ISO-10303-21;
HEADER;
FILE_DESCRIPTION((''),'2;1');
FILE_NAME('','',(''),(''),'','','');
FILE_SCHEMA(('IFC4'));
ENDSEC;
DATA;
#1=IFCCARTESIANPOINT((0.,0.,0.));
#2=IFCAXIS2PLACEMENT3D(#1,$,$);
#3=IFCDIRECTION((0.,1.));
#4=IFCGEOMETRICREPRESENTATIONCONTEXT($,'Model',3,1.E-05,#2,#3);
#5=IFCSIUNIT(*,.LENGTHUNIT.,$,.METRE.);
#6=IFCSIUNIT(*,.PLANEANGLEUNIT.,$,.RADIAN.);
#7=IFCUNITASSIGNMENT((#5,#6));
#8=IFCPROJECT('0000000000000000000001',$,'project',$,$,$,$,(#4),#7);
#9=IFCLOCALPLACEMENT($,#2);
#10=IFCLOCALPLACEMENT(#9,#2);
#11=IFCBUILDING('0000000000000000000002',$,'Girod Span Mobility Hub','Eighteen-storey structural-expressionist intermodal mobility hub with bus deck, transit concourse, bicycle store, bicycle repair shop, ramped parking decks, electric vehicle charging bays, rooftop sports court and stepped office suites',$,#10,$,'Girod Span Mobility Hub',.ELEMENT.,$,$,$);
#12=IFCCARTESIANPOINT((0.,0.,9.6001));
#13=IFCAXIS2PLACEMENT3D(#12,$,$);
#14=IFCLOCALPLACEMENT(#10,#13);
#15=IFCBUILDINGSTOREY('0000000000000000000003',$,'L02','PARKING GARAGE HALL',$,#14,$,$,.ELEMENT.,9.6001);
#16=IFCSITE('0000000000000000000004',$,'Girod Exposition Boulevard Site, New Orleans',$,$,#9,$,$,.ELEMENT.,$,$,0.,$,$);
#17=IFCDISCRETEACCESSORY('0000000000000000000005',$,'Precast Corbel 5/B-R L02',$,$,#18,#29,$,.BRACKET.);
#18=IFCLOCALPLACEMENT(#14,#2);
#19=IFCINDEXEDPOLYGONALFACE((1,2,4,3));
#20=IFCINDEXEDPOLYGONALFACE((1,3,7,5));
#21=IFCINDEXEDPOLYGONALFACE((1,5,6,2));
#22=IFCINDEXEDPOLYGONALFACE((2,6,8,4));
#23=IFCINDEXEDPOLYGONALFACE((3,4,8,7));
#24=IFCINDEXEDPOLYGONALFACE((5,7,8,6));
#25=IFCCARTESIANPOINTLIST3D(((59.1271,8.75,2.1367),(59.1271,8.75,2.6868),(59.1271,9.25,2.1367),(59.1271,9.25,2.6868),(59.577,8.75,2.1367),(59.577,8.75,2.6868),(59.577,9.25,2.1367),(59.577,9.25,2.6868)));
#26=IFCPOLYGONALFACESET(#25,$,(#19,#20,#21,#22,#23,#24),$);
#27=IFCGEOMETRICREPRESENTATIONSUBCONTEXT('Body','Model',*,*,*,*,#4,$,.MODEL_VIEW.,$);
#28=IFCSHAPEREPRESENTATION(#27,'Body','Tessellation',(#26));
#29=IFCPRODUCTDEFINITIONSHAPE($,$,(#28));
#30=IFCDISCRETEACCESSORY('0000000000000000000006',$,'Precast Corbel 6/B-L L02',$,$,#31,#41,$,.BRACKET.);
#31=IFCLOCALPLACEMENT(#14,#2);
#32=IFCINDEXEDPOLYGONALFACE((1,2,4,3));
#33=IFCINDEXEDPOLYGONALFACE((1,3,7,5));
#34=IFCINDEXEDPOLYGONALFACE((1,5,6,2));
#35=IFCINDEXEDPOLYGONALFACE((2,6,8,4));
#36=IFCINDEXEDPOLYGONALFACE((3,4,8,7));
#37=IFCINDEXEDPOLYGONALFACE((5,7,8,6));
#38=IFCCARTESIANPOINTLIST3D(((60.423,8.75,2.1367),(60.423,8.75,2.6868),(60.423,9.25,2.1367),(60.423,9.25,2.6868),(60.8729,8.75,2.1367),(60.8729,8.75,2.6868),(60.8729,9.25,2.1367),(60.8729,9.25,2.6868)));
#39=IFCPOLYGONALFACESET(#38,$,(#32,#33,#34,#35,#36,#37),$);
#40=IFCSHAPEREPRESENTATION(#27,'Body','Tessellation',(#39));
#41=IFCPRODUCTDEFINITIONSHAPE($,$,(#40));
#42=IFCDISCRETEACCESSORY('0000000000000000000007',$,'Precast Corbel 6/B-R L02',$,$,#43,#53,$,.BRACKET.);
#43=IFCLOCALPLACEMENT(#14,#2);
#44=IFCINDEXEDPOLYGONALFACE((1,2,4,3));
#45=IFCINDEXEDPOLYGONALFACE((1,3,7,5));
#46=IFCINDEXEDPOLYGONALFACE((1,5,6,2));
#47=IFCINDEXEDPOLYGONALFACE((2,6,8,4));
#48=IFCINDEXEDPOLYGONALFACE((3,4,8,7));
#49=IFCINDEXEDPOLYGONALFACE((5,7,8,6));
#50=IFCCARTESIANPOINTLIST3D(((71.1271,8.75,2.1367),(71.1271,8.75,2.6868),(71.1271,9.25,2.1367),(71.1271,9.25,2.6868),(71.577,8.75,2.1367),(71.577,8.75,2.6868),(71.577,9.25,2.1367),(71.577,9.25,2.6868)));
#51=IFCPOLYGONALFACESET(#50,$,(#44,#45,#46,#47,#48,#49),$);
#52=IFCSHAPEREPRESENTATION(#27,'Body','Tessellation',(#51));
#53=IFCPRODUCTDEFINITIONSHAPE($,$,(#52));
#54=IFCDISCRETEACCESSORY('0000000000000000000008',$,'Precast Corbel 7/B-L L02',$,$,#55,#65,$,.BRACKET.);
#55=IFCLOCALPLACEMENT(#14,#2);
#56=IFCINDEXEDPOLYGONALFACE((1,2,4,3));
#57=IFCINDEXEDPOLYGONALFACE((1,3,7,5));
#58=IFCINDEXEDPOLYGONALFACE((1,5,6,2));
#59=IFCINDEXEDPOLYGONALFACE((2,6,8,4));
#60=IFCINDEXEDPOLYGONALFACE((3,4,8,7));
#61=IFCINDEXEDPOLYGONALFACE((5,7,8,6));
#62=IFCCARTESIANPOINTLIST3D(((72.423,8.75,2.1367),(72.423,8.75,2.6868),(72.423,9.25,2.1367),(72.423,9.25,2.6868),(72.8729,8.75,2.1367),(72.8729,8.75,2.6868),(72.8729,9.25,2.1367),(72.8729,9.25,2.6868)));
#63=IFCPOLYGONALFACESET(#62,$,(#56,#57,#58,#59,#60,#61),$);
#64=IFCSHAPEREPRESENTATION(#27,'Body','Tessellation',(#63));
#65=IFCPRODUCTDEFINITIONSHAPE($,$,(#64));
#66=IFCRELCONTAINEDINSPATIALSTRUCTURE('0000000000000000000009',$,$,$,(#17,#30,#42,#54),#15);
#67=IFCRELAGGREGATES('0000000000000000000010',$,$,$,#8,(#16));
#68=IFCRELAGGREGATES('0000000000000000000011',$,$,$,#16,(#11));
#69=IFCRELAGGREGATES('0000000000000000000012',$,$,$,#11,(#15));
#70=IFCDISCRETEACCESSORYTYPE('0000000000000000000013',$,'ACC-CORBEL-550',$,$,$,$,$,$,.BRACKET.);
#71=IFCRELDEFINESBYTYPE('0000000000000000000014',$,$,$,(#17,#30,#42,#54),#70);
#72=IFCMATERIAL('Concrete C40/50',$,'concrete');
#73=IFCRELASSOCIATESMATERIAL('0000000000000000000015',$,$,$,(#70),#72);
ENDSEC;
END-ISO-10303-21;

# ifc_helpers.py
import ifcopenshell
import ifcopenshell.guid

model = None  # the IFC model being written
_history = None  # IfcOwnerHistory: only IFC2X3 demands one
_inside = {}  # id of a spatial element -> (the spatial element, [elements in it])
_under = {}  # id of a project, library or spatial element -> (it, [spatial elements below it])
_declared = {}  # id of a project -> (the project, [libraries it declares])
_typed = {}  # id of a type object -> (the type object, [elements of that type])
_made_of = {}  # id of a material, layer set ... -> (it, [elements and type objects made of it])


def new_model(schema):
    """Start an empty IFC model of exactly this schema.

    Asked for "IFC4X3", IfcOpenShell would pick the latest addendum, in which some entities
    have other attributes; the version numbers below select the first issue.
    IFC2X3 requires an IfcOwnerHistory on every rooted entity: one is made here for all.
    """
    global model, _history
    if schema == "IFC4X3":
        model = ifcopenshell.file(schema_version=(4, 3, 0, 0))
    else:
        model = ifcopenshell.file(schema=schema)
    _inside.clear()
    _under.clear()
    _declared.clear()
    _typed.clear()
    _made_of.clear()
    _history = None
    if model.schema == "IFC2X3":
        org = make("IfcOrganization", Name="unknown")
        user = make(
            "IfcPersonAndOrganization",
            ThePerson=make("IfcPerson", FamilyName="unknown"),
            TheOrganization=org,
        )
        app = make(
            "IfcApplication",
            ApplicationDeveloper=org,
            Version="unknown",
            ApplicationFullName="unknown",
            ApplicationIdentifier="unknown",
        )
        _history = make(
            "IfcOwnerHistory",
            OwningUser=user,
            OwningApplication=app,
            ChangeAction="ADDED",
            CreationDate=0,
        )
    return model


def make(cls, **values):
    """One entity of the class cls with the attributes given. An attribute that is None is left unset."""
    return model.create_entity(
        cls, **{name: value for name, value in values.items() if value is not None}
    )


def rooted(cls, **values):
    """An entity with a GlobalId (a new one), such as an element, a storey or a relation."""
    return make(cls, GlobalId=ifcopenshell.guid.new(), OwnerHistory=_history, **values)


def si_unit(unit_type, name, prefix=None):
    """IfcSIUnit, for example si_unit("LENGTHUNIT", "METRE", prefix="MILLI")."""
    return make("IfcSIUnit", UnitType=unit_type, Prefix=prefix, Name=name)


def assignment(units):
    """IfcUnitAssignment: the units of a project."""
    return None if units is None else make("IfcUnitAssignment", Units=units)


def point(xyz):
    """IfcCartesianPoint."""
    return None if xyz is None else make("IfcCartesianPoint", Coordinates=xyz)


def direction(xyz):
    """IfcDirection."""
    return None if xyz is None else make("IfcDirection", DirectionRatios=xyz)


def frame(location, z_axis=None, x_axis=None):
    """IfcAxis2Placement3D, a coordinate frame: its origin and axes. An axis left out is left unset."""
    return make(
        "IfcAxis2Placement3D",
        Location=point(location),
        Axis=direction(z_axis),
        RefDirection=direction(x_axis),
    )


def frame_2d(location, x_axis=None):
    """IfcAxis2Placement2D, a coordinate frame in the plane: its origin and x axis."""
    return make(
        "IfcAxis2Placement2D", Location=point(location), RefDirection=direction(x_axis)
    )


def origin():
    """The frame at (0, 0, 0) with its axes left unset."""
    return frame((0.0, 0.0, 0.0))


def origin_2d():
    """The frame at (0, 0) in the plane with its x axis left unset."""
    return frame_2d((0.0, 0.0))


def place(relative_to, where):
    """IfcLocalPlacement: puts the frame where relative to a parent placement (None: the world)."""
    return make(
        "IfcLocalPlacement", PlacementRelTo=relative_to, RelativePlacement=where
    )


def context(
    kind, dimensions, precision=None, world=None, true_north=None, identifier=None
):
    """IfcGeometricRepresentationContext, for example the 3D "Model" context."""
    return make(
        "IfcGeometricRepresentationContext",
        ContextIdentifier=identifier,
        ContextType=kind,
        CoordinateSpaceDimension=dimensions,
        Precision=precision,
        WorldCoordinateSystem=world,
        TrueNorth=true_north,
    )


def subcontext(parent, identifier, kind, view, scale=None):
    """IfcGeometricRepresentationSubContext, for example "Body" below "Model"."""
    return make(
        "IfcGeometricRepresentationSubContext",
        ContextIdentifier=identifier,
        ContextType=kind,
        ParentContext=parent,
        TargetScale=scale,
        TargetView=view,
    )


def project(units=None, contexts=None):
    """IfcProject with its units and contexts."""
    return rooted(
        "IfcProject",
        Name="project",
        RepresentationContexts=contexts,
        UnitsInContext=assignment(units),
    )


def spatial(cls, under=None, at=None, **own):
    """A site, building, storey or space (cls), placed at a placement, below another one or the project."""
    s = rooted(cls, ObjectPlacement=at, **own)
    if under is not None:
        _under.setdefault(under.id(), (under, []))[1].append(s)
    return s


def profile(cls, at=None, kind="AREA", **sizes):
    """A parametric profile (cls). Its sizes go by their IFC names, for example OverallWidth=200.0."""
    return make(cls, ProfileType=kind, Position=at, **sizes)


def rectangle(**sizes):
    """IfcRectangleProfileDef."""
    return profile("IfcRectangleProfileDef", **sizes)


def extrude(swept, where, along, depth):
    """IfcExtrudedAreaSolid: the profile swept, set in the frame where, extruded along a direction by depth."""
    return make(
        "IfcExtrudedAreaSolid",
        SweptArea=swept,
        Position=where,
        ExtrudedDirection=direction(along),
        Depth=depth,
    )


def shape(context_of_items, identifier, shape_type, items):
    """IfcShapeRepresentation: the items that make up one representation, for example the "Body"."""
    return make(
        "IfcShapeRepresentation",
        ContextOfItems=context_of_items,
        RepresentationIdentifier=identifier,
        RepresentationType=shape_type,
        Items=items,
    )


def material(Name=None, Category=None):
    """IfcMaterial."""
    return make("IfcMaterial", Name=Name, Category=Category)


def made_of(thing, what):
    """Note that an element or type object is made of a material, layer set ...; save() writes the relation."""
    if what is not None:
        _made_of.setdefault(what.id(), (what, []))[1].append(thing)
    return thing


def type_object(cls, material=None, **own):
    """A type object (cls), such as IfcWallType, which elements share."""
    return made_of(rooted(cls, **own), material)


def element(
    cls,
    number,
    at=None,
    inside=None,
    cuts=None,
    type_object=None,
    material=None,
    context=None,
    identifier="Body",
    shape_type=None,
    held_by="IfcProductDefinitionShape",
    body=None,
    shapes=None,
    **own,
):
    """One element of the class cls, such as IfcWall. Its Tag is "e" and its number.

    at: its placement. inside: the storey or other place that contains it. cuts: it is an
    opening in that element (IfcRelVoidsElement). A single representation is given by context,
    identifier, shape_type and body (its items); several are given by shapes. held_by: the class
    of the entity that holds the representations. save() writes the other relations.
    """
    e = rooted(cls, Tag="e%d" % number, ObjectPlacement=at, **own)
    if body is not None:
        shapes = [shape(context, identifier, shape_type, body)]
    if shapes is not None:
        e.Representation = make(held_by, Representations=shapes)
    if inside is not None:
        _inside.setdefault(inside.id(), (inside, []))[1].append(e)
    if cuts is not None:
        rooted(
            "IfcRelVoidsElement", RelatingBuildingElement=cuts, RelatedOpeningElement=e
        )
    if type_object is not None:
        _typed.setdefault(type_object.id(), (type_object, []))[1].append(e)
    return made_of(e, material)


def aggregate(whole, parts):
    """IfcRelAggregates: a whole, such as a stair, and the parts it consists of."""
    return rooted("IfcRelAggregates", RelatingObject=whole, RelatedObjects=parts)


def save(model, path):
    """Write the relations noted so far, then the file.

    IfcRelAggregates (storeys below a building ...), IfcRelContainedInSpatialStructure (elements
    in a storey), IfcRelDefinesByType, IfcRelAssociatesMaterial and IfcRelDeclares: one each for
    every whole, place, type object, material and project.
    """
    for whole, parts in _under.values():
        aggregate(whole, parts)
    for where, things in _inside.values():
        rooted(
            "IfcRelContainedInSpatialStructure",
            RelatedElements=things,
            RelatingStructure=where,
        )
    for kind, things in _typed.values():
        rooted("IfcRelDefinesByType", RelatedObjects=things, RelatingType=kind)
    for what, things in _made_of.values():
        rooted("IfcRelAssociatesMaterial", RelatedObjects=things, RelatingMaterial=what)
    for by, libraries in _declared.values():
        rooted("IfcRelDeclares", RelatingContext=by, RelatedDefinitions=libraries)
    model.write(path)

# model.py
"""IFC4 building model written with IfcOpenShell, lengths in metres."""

from ifc_helpers import new_model, si_unit, direction, frame, origin, origin_2d, place, context, subcontext, project, spatial, rectangle, extrude, material, type_object, element, save


model = new_model("IFC4")

# Units and contexts
model_context = context("Model", 3, precision=1e-05, world=origin(), true_north=direction((0.0, 1.0)))
body_context = subcontext(model_context, "Body", "Model", "MODEL_VIEW")
ifc_project = project(units=[si_unit("LENGTHUNIT", "METRE"), si_unit("PLANEANGLEUNIT", "RADIAN")], contexts=[model_context])

# Site, building, storey
site_placement = place(None, origin())
site = spatial("IfcSite", under=ifc_project, at=site_placement, Name="Girod Exposition Boulevard Site, New Orleans", CompositionType="ELEMENT", RefElevation=0.0)
building_placement = place(site_placement, origin())
building = spatial("IfcBuilding", under=site, at=building_placement, Name="Girod Span Mobility Hub", Description="Eighteen-storey structural-expressionist intermodal mobility hub with bus deck, transit concourse, bicycle store, bicycle repair shop, ramped parking decks, electric vehicle charging bays, rooftop sports court and stepped office suites", LongName="Girod Span Mobility Hub", CompositionType="ELEMENT")
storey_placement = place(building_placement, frame((0.0, 0.0, 9.6001)))
storey = spatial("IfcBuildingStorey", under=building, at=storey_placement, Name="L02", Description="PARKING GARAGE HALL", CompositionType="ELEMENT", Elevation=9.6001)

# Discrete accessories
ifc_material_1 = material(Name="Concrete C40/50", Category="concrete")
discrete_accessory_type = type_object("IfcDiscreteAccessoryType", Name="ACC-CORBEL-550", PredefinedType="BRACKET", material=ifc_material_1)
for number, where, z_axis, x_axis, name in (
    (1, (59.3521, 9.0, 2.1367), (0.0, 0.0, 1.0), (1.0, 0.0, 0.0), "Precast Corbel 5/B-R L02"),
    (2, (60.6479, 9.0, 2.1367), (0.0, 0.0, 1.0), (1.0, 0.0, 0.0), "Precast Corbel 6/B-L L02"),
    (3, (71.3521, 9.0, 2.1367), (0.0, 0.0, 1.0), (1.0, 0.0, 0.0), "Precast Corbel 6/B-R L02"),
    (4, (72.6479, 9.0, 2.1367), (0.0, 0.0, 1.0), (1.0, 0.0, 0.0), "Precast Corbel 7/B-L L02"),
):
    element("IfcDiscreteAccessory", number, at=place(storey_placement, frame(where, z_axis=z_axis, x_axis=x_axis)), inside=storey, type_object=discrete_accessory_type, Name=name, PredefinedType="BRACKET", context=body_context, shape_type="SweptSolid", body=[
        extrude(rectangle(XDim=0.45, YDim=0.5, at=origin_2d()), origin(), (0.0, 0.0, 1.0), 0.55),
    ])

save(model, "model.ifc")
